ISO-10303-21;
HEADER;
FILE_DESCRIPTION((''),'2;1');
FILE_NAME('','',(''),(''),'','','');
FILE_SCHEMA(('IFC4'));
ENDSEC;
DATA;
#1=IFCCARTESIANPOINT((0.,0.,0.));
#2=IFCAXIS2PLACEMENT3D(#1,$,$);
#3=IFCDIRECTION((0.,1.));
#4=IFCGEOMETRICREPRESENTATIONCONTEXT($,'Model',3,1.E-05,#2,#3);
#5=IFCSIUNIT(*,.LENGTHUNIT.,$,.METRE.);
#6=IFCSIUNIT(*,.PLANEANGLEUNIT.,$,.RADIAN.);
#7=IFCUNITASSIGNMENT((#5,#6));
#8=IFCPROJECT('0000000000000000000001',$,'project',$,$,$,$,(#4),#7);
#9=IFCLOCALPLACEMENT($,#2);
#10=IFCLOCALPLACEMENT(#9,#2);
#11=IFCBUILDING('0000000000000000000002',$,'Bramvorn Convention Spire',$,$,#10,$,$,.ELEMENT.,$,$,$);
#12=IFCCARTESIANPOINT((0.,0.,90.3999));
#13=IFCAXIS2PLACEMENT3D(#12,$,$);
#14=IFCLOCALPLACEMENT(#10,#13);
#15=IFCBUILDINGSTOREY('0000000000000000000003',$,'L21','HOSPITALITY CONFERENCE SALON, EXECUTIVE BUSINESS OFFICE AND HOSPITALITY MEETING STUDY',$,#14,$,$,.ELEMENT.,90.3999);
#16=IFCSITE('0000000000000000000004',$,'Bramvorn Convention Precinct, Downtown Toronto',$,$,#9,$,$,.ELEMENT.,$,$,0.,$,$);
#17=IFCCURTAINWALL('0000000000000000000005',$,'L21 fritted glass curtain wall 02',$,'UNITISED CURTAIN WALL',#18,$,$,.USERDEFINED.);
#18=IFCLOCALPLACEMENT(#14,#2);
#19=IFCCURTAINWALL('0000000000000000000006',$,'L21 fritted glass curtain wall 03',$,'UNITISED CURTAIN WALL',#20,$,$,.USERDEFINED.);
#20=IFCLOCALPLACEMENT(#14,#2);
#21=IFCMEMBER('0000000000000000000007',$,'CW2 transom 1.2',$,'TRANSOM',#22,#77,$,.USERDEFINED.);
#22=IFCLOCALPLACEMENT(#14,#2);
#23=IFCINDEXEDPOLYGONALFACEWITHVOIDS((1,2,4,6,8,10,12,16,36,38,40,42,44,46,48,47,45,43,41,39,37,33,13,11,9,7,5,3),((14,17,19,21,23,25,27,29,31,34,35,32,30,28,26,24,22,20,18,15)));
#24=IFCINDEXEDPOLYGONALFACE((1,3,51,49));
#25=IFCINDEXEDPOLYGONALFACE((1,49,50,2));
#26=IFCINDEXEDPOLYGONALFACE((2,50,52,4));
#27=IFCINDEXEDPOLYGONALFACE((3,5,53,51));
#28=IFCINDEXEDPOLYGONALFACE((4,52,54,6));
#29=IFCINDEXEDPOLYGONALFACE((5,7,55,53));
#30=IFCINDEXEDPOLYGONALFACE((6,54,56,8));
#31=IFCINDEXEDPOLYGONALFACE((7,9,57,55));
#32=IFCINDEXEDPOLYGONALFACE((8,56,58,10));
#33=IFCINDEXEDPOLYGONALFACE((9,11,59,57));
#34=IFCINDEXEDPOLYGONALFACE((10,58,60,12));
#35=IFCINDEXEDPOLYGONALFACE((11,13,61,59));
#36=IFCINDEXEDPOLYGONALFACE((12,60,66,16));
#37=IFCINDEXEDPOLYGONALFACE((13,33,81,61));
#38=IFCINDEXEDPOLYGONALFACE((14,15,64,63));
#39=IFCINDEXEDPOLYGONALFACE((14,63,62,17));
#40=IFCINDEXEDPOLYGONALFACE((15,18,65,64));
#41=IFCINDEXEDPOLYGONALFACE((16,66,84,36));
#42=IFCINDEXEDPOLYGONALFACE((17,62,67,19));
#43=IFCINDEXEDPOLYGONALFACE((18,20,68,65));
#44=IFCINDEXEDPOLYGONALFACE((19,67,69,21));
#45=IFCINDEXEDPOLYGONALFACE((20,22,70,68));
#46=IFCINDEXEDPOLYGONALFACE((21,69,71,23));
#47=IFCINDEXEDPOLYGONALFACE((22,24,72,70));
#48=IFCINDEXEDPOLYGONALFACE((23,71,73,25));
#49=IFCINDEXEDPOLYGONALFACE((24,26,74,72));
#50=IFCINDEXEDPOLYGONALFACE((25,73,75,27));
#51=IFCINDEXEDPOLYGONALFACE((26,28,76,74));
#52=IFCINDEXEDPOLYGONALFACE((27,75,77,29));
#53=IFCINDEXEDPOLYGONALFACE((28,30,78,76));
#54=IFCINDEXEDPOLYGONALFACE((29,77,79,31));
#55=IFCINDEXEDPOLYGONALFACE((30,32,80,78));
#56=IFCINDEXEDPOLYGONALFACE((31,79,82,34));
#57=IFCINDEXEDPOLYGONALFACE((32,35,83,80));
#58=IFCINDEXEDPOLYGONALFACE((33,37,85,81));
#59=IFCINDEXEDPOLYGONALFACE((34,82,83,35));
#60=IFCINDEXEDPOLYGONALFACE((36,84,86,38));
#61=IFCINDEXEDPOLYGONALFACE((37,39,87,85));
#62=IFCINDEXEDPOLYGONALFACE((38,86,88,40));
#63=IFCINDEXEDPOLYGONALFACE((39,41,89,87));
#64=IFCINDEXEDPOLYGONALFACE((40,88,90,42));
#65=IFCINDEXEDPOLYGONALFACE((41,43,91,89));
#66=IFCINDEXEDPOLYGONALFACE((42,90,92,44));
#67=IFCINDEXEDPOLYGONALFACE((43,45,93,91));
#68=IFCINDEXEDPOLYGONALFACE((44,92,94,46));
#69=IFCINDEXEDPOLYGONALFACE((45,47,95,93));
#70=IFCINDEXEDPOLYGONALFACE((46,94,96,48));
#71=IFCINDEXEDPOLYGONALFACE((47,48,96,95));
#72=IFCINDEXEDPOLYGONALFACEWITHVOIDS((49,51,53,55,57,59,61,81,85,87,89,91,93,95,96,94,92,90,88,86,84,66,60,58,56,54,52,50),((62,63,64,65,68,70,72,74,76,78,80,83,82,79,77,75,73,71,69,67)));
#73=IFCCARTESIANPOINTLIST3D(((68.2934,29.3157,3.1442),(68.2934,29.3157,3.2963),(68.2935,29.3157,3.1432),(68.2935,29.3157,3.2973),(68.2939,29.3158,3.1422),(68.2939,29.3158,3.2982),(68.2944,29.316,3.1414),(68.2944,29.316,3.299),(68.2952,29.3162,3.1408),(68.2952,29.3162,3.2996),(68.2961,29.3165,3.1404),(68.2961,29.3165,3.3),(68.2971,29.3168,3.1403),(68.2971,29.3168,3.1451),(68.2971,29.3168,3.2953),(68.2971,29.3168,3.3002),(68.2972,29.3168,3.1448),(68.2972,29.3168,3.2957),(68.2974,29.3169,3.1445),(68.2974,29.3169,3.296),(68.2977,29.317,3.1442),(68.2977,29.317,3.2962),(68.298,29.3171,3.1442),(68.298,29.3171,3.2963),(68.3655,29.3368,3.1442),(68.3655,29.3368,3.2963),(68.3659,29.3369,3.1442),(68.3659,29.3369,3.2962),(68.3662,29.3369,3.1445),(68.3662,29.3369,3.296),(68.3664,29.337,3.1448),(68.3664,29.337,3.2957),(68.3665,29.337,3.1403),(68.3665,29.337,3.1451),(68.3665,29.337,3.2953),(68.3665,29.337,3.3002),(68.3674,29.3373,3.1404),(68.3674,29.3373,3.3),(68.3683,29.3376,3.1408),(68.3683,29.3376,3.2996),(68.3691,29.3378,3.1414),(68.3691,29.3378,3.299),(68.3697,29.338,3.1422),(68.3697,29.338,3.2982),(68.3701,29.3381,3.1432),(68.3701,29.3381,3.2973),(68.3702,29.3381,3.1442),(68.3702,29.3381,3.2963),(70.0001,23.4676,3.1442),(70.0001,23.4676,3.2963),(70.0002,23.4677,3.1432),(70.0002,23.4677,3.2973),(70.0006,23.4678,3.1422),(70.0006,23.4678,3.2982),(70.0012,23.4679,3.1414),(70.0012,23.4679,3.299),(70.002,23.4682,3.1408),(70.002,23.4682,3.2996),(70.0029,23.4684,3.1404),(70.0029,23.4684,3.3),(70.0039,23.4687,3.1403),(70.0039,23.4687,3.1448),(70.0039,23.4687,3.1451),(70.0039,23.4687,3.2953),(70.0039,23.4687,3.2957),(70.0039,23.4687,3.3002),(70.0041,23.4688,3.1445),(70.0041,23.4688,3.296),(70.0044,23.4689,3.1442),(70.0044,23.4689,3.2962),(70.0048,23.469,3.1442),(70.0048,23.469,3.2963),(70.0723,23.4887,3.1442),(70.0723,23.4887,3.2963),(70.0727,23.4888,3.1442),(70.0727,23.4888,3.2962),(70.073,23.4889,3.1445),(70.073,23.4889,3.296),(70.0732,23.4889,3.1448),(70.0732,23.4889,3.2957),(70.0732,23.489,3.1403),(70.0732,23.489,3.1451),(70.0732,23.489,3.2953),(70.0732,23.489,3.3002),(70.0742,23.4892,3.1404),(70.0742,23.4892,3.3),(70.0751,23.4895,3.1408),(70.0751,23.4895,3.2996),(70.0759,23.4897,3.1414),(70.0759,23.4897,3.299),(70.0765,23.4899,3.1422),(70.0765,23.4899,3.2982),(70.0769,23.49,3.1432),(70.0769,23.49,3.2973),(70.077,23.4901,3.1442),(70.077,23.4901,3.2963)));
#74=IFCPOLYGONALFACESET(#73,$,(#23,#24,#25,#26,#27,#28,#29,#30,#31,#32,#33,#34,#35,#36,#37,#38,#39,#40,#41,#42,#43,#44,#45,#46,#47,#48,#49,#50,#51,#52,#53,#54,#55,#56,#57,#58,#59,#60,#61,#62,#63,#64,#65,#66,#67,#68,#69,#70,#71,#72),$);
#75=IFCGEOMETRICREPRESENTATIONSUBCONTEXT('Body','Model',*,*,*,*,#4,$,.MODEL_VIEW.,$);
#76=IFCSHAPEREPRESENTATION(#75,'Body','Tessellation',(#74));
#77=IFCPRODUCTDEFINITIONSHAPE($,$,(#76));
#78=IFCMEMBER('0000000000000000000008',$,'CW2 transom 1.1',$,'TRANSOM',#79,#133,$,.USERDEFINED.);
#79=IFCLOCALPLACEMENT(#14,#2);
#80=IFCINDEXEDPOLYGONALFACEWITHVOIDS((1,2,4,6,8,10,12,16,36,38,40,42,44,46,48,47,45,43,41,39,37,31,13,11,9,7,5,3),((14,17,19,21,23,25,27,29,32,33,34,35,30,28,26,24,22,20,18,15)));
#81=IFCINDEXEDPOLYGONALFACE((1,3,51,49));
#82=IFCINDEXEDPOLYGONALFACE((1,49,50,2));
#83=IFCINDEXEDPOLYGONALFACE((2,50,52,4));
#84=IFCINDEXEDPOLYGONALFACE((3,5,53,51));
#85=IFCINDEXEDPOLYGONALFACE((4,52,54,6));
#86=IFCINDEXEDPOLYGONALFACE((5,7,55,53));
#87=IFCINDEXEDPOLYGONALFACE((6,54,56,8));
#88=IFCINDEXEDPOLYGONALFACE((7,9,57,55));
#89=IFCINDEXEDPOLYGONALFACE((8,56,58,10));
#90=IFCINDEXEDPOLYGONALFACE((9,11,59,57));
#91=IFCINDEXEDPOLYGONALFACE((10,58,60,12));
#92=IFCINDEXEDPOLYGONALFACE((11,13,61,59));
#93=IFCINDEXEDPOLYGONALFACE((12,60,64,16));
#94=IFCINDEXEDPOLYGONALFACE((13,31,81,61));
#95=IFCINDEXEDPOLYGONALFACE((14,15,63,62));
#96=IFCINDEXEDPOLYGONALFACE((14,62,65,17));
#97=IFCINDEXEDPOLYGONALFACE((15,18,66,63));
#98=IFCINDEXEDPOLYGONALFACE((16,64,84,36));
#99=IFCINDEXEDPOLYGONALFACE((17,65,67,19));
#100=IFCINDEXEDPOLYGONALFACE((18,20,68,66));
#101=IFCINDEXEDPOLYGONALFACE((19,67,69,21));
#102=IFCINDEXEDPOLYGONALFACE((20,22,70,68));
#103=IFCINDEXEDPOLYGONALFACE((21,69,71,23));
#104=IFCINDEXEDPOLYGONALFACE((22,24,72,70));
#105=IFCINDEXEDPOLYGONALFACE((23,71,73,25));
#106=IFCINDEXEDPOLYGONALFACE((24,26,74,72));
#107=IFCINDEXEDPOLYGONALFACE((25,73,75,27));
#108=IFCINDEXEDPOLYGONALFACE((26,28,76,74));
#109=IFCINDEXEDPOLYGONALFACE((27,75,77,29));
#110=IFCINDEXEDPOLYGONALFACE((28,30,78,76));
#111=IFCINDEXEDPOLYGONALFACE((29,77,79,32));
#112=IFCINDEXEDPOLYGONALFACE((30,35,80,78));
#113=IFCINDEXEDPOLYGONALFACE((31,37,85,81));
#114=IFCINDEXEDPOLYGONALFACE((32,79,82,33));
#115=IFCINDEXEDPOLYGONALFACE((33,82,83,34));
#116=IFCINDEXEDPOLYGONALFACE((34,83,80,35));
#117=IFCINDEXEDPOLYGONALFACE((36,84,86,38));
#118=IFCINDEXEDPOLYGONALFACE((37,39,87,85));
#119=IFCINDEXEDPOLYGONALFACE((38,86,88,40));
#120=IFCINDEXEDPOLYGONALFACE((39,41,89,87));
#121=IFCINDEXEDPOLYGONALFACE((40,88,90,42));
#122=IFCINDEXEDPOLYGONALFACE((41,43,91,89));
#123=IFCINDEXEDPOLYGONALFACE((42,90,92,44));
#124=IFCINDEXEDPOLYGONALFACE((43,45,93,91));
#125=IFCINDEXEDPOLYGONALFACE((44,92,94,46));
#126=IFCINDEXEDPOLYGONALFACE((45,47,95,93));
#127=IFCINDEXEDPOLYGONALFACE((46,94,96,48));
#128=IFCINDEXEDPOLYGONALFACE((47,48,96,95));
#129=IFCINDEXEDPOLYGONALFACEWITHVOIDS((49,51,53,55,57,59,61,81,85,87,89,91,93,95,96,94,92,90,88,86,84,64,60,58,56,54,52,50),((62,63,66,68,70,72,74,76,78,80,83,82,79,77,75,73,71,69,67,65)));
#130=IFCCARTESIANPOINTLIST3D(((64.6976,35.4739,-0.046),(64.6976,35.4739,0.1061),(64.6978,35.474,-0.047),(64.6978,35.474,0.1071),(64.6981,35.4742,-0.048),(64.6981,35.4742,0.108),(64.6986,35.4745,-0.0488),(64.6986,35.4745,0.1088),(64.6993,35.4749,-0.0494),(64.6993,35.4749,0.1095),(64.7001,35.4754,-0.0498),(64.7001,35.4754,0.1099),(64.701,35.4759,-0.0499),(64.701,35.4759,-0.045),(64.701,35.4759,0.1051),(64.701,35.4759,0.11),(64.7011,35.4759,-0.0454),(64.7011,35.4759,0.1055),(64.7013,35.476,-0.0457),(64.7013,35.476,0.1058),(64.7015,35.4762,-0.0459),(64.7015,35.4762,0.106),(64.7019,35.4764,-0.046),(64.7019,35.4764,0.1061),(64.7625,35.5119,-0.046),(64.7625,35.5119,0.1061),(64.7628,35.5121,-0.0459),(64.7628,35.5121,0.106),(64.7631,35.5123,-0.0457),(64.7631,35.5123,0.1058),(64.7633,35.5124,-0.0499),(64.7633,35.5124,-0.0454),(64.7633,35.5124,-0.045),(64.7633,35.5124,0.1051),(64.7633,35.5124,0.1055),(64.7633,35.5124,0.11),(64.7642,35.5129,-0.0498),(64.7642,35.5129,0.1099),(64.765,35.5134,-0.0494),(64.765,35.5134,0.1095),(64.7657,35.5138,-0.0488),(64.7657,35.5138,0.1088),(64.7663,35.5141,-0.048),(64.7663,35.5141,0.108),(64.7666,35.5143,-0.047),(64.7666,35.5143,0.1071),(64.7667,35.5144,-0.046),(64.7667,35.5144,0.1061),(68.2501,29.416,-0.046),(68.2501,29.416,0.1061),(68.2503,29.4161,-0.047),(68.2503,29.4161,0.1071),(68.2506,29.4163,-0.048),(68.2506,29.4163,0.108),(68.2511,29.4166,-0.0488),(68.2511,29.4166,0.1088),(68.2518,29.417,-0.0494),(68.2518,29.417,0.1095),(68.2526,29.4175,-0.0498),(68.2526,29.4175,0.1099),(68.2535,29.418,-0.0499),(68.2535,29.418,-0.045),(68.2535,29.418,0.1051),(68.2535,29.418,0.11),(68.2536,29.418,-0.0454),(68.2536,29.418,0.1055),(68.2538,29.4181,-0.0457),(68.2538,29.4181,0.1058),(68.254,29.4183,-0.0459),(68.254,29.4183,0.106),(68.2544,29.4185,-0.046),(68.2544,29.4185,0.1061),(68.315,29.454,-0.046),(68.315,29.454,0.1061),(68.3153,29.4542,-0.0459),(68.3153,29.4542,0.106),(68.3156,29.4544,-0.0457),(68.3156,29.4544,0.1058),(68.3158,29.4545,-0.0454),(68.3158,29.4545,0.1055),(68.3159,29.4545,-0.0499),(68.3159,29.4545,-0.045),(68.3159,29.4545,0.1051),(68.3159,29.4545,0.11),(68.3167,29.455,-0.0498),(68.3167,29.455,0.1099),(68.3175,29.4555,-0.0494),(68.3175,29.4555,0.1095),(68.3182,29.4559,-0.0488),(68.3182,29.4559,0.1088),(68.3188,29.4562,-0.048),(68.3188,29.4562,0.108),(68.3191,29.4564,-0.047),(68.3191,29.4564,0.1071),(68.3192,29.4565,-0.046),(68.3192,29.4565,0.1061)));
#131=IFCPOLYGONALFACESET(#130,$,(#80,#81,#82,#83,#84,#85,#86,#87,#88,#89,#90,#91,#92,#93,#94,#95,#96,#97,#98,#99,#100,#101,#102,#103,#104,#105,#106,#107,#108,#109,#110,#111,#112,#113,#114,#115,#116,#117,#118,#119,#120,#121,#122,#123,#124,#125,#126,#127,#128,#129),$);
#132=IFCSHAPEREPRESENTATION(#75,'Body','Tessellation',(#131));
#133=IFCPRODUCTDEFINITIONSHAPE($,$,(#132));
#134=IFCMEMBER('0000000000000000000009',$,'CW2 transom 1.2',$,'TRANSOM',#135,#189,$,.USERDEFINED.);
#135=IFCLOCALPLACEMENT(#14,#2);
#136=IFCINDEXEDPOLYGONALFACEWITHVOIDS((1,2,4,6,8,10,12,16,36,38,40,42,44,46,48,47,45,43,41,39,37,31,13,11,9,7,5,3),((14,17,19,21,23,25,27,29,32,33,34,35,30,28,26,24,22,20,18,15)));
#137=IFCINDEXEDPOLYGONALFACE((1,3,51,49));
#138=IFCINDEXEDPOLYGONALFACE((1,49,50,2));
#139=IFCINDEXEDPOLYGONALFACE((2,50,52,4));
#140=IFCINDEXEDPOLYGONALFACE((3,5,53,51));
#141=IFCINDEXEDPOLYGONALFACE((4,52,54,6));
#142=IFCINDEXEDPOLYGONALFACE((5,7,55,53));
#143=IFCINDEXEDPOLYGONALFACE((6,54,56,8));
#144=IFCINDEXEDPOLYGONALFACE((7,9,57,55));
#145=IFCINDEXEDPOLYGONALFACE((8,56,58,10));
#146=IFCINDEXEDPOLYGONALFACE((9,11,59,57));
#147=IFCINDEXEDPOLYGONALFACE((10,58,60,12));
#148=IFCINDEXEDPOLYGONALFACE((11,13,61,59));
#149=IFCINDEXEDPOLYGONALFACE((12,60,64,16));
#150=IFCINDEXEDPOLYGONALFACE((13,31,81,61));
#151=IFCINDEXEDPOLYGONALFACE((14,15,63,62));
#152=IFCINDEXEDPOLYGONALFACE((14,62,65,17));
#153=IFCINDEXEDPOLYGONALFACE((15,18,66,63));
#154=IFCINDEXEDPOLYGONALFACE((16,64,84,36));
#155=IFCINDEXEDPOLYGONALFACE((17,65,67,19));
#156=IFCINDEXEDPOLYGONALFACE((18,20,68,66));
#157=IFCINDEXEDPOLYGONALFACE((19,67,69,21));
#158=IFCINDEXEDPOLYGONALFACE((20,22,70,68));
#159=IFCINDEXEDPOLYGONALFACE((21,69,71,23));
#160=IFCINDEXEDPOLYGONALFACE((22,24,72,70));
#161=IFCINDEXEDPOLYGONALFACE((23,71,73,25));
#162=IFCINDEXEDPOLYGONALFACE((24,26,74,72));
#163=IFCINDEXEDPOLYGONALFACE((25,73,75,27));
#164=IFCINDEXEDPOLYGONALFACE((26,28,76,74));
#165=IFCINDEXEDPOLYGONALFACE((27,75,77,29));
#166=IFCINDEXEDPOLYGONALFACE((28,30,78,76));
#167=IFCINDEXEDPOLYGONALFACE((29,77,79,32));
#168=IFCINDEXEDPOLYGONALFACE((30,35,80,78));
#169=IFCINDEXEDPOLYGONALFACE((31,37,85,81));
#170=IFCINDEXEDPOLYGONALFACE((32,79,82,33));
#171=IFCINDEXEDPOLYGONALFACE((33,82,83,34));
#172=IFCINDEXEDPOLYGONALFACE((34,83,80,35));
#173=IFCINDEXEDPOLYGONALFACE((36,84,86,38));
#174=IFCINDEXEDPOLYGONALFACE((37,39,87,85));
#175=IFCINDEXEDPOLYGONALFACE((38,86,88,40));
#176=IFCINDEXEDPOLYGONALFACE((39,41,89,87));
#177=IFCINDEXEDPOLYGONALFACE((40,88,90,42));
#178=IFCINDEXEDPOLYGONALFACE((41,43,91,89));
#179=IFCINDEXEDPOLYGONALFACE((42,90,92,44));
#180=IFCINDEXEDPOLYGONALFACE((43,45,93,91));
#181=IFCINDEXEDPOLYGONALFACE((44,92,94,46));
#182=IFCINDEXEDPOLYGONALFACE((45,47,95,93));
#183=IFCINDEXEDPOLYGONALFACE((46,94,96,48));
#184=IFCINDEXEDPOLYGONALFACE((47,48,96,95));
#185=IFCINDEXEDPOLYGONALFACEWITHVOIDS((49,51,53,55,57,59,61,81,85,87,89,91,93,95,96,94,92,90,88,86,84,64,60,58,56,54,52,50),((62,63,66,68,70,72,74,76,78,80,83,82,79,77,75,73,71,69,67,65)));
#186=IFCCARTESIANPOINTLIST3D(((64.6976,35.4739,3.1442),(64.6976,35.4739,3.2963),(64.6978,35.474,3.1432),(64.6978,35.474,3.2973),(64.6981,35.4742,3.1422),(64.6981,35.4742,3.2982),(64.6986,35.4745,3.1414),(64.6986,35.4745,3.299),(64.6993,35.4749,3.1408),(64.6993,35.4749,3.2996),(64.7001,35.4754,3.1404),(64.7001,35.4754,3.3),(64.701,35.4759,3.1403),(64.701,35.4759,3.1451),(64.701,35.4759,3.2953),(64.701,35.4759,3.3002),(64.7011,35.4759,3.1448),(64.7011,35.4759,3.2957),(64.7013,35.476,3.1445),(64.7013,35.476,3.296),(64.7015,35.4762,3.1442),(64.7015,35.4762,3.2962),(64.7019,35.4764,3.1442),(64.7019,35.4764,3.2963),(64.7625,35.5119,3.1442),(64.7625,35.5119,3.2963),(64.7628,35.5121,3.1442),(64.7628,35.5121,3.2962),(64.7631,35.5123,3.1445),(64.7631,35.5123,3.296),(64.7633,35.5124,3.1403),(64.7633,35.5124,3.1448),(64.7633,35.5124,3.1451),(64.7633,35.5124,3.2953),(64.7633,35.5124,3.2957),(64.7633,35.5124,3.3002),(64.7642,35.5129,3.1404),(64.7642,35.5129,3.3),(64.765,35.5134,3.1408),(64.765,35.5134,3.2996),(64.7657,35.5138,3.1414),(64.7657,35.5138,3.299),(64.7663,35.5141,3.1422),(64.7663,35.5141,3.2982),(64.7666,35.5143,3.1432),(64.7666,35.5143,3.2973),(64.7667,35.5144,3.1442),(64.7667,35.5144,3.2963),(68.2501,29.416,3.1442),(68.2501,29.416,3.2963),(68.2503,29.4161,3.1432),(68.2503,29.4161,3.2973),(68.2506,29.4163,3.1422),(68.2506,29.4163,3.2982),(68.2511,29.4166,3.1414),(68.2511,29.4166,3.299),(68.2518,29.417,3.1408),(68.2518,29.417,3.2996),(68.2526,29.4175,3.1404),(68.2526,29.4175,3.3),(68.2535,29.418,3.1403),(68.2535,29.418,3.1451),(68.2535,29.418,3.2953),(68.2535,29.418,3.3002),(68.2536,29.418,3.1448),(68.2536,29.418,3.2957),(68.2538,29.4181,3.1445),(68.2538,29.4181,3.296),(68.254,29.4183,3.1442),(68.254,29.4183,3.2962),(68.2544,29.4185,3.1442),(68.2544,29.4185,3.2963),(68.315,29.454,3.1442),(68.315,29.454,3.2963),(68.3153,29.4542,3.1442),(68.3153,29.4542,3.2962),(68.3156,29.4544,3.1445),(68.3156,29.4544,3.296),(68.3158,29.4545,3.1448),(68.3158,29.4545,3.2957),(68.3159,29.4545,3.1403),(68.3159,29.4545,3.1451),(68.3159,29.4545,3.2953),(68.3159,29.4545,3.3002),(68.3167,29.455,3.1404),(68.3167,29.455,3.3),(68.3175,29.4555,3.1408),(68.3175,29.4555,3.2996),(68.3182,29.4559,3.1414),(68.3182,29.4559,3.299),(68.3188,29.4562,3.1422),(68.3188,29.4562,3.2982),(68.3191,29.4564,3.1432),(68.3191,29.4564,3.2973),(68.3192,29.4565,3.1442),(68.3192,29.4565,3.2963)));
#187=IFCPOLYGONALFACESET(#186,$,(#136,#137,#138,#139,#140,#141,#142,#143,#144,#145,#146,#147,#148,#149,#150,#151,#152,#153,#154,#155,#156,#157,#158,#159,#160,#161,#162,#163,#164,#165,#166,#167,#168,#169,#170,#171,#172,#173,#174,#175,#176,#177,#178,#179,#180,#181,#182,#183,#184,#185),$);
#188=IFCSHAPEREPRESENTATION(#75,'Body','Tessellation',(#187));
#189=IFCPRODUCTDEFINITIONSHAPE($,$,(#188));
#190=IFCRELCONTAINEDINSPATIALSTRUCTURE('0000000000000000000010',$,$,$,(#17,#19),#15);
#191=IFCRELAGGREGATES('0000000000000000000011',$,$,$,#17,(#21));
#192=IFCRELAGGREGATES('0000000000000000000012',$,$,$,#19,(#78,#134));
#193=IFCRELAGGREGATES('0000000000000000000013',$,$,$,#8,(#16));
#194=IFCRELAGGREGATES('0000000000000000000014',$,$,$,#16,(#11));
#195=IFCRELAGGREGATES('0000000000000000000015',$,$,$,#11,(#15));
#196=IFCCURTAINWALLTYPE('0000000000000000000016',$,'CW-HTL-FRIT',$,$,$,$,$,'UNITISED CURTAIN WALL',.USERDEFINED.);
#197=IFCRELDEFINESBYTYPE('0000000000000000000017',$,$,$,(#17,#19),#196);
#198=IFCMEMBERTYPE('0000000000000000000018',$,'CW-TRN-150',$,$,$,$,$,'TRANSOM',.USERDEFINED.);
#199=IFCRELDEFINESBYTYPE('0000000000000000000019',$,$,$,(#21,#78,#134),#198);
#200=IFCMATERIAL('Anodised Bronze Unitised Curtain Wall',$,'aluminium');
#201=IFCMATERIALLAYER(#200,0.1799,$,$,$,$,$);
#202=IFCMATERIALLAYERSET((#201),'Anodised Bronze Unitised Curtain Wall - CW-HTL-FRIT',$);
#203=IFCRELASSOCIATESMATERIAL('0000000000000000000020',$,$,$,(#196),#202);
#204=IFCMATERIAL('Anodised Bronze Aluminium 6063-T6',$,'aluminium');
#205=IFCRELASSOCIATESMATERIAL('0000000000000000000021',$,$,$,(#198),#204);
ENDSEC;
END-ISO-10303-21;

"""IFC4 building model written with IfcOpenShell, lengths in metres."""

from ifc_helpers import new_model, si_unit, direction, frame, origin, origin_2d, place, context, subcontext, project, spatial, hollow_rectangle, extrude, material, layer, layer_set, material_profile, profile_set, type_object, element, aggregate, save


model = new_model("IFC4")

# Units and contexts
model_context = context("Model", 3, precision=1e-05, world=origin(), true_north=direction((0.0, 1.0)))
body_context = subcontext(model_context, "Body", "Model", "MODEL_VIEW")
ifc_project = project(units=[si_unit("LENGTHUNIT", "METRE"), si_unit("PLANEANGLEUNIT", "RADIAN")], contexts=[model_context])

# Site, building, storey
site_placement = place(None, origin())
site = spatial("IfcSite", under=ifc_project, at=site_placement, Name="Bramvorn Convention Precinct, Downtown Toronto", CompositionType="ELEMENT", RefElevation=0.0)
building_placement = place(site_placement, origin())
building = spatial("IfcBuilding", under=site, at=building_placement, Name="Bramvorn Convention Spire", CompositionType="ELEMENT")
storey_placement = place(building_placement, frame((0.0, 0.0, 90.3999)))
storey = spatial("IfcBuildingStorey", under=building, at=storey_placement, Name="L21", Description="HOSPITALITY CONFERENCE SALON, EXECUTIVE BUSINESS OFFICE AND HOSPITALITY MEETING STUDY", CompositionType="ELEMENT", Elevation=90.3999)

# Curtain walls
ifc_material_1 = material(Name="Anodised Bronze Unitised Curtain Wall", Category="aluminium")
ifc_layer_1 = layer(ifc_material_1, 0.1799)
ifc_layer_set_1 = layer_set([ifc_layer_1], Name="Anodised Bronze Unitised Curtain Wall - CW-HTL-FRIT")
curtain_wall_type = type_object("IfcCurtainWallType", Name="CW-HTL-FRIT", ElementType="UNITISED CURTAIN WALL", PredefinedType="USERDEFINED", material=ifc_layer_set_1)
curtain_wall_1_placement = place(storey_placement, origin())
curtain_wall_1 = element("IfcCurtainWall", 1, at=curtain_wall_1_placement, inside=storey, type_object=curtain_wall_type, Name="L21 fritted glass curtain wall 02", ObjectType="UNITISED CURTAIN WALL", PredefinedType="USERDEFINED")
ifc_material_2 = material(Name="Anodised Bronze Aluminium 6063-T6", Category="aluminium")
curtain_wall_2_placement = place(storey_placement, origin())
curtain_wall_2 = element("IfcCurtainWall", 2, at=curtain_wall_2_placement, inside=storey, type_object=curtain_wall_type, Name="L21 fritted glass curtain wall 03", ObjectType="UNITISED CURTAIN WALL", PredefinedType="USERDEFINED")

# Members
ifc_material_profile_1 = material_profile(ifc_material_2, hollow_rectangle(XDim=0.0801, YDim=0.1599, WallThickness=0.0039, InnerFilletRadius=0.001, OuterFilletRadius=0.0039, at=origin_2d()))
ifc_profile_set_1 = profile_set([ifc_material_profile_1], Name="Anodised Bronze Aluminium 6063-T6 - CWT80X160")
member_type_1 = type_object("IfcMemberType", Name="CW-TRN-150", ElementType="TRANSOM", PredefinedType="USERDEFINED", material=ifc_profile_set_1)
member_1_placement = place(storey_placement, frame((68.3318, 29.3269, 3.2202), z_axis=(0.280163, -0.959952, 0.0), x_axis=(0.959952, 0.280163, 0.0)))
member_1 = element("IfcMember", 3, at=member_1_placement, type_object=member_type_1, Name="CW2 transom 1.2", ObjectType="TRANSOM", PredefinedType="USERDEFINED", context=body_context, shape_type="SweptSolid", body=[
    extrude(hollow_rectangle(XDim=0.0801, YDim=0.1599, WallThickness=0.0039, InnerFilletRadius=0.001, OuterFilletRadius=0.0039, at=origin_2d()), origin(), (0.0, 0.0, 1.0), 6.092),
])
member_2_placement = place(storey_placement, frame((64.7322, 35.4941, 0.03), z_axis=(0.50586, -0.862615, 0.0), x_axis=(0.862615, 0.50586, 0.0)))
member_2 = element("IfcMember", 4, at=member_2_placement, type_object=member_type_1, Name="CW2 transom 1.1", ObjectType="TRANSOM", PredefinedType="USERDEFINED", context=body_context, shape_type="SweptSolid", body=[
    extrude(hollow_rectangle(XDim=0.0801, YDim=0.1599, WallThickness=0.0039, InnerFilletRadius=0.001, OuterFilletRadius=0.0039, at=origin_2d()), origin(), (0.0, 0.0, 1.0), 7.0227),
])
member_3_placement = place(storey_placement, frame((64.7322, 35.4941, 3.2202), z_axis=(0.50586, -0.862615, 0.0), x_axis=(0.862615, 0.50586, 0.0)))
member_3 = element("IfcMember", 5, at=member_3_placement, type_object=member_type_1, Name="CW2 transom 1.2", ObjectType="TRANSOM", PredefinedType="USERDEFINED", context=body_context, shape_type="SweptSolid", body=[
    extrude(hollow_rectangle(XDim=0.0801, YDim=0.1599, WallThickness=0.0039, InnerFilletRadius=0.001, OuterFilletRadius=0.0039, at=origin_2d()), origin(), (0.0, 0.0, 1.0), 7.0227),
])

aggregate(curtain_wall_1, [member_1])
aggregate(curtain_wall_2, [member_2, member_3])

save(model, "model.ifc")
